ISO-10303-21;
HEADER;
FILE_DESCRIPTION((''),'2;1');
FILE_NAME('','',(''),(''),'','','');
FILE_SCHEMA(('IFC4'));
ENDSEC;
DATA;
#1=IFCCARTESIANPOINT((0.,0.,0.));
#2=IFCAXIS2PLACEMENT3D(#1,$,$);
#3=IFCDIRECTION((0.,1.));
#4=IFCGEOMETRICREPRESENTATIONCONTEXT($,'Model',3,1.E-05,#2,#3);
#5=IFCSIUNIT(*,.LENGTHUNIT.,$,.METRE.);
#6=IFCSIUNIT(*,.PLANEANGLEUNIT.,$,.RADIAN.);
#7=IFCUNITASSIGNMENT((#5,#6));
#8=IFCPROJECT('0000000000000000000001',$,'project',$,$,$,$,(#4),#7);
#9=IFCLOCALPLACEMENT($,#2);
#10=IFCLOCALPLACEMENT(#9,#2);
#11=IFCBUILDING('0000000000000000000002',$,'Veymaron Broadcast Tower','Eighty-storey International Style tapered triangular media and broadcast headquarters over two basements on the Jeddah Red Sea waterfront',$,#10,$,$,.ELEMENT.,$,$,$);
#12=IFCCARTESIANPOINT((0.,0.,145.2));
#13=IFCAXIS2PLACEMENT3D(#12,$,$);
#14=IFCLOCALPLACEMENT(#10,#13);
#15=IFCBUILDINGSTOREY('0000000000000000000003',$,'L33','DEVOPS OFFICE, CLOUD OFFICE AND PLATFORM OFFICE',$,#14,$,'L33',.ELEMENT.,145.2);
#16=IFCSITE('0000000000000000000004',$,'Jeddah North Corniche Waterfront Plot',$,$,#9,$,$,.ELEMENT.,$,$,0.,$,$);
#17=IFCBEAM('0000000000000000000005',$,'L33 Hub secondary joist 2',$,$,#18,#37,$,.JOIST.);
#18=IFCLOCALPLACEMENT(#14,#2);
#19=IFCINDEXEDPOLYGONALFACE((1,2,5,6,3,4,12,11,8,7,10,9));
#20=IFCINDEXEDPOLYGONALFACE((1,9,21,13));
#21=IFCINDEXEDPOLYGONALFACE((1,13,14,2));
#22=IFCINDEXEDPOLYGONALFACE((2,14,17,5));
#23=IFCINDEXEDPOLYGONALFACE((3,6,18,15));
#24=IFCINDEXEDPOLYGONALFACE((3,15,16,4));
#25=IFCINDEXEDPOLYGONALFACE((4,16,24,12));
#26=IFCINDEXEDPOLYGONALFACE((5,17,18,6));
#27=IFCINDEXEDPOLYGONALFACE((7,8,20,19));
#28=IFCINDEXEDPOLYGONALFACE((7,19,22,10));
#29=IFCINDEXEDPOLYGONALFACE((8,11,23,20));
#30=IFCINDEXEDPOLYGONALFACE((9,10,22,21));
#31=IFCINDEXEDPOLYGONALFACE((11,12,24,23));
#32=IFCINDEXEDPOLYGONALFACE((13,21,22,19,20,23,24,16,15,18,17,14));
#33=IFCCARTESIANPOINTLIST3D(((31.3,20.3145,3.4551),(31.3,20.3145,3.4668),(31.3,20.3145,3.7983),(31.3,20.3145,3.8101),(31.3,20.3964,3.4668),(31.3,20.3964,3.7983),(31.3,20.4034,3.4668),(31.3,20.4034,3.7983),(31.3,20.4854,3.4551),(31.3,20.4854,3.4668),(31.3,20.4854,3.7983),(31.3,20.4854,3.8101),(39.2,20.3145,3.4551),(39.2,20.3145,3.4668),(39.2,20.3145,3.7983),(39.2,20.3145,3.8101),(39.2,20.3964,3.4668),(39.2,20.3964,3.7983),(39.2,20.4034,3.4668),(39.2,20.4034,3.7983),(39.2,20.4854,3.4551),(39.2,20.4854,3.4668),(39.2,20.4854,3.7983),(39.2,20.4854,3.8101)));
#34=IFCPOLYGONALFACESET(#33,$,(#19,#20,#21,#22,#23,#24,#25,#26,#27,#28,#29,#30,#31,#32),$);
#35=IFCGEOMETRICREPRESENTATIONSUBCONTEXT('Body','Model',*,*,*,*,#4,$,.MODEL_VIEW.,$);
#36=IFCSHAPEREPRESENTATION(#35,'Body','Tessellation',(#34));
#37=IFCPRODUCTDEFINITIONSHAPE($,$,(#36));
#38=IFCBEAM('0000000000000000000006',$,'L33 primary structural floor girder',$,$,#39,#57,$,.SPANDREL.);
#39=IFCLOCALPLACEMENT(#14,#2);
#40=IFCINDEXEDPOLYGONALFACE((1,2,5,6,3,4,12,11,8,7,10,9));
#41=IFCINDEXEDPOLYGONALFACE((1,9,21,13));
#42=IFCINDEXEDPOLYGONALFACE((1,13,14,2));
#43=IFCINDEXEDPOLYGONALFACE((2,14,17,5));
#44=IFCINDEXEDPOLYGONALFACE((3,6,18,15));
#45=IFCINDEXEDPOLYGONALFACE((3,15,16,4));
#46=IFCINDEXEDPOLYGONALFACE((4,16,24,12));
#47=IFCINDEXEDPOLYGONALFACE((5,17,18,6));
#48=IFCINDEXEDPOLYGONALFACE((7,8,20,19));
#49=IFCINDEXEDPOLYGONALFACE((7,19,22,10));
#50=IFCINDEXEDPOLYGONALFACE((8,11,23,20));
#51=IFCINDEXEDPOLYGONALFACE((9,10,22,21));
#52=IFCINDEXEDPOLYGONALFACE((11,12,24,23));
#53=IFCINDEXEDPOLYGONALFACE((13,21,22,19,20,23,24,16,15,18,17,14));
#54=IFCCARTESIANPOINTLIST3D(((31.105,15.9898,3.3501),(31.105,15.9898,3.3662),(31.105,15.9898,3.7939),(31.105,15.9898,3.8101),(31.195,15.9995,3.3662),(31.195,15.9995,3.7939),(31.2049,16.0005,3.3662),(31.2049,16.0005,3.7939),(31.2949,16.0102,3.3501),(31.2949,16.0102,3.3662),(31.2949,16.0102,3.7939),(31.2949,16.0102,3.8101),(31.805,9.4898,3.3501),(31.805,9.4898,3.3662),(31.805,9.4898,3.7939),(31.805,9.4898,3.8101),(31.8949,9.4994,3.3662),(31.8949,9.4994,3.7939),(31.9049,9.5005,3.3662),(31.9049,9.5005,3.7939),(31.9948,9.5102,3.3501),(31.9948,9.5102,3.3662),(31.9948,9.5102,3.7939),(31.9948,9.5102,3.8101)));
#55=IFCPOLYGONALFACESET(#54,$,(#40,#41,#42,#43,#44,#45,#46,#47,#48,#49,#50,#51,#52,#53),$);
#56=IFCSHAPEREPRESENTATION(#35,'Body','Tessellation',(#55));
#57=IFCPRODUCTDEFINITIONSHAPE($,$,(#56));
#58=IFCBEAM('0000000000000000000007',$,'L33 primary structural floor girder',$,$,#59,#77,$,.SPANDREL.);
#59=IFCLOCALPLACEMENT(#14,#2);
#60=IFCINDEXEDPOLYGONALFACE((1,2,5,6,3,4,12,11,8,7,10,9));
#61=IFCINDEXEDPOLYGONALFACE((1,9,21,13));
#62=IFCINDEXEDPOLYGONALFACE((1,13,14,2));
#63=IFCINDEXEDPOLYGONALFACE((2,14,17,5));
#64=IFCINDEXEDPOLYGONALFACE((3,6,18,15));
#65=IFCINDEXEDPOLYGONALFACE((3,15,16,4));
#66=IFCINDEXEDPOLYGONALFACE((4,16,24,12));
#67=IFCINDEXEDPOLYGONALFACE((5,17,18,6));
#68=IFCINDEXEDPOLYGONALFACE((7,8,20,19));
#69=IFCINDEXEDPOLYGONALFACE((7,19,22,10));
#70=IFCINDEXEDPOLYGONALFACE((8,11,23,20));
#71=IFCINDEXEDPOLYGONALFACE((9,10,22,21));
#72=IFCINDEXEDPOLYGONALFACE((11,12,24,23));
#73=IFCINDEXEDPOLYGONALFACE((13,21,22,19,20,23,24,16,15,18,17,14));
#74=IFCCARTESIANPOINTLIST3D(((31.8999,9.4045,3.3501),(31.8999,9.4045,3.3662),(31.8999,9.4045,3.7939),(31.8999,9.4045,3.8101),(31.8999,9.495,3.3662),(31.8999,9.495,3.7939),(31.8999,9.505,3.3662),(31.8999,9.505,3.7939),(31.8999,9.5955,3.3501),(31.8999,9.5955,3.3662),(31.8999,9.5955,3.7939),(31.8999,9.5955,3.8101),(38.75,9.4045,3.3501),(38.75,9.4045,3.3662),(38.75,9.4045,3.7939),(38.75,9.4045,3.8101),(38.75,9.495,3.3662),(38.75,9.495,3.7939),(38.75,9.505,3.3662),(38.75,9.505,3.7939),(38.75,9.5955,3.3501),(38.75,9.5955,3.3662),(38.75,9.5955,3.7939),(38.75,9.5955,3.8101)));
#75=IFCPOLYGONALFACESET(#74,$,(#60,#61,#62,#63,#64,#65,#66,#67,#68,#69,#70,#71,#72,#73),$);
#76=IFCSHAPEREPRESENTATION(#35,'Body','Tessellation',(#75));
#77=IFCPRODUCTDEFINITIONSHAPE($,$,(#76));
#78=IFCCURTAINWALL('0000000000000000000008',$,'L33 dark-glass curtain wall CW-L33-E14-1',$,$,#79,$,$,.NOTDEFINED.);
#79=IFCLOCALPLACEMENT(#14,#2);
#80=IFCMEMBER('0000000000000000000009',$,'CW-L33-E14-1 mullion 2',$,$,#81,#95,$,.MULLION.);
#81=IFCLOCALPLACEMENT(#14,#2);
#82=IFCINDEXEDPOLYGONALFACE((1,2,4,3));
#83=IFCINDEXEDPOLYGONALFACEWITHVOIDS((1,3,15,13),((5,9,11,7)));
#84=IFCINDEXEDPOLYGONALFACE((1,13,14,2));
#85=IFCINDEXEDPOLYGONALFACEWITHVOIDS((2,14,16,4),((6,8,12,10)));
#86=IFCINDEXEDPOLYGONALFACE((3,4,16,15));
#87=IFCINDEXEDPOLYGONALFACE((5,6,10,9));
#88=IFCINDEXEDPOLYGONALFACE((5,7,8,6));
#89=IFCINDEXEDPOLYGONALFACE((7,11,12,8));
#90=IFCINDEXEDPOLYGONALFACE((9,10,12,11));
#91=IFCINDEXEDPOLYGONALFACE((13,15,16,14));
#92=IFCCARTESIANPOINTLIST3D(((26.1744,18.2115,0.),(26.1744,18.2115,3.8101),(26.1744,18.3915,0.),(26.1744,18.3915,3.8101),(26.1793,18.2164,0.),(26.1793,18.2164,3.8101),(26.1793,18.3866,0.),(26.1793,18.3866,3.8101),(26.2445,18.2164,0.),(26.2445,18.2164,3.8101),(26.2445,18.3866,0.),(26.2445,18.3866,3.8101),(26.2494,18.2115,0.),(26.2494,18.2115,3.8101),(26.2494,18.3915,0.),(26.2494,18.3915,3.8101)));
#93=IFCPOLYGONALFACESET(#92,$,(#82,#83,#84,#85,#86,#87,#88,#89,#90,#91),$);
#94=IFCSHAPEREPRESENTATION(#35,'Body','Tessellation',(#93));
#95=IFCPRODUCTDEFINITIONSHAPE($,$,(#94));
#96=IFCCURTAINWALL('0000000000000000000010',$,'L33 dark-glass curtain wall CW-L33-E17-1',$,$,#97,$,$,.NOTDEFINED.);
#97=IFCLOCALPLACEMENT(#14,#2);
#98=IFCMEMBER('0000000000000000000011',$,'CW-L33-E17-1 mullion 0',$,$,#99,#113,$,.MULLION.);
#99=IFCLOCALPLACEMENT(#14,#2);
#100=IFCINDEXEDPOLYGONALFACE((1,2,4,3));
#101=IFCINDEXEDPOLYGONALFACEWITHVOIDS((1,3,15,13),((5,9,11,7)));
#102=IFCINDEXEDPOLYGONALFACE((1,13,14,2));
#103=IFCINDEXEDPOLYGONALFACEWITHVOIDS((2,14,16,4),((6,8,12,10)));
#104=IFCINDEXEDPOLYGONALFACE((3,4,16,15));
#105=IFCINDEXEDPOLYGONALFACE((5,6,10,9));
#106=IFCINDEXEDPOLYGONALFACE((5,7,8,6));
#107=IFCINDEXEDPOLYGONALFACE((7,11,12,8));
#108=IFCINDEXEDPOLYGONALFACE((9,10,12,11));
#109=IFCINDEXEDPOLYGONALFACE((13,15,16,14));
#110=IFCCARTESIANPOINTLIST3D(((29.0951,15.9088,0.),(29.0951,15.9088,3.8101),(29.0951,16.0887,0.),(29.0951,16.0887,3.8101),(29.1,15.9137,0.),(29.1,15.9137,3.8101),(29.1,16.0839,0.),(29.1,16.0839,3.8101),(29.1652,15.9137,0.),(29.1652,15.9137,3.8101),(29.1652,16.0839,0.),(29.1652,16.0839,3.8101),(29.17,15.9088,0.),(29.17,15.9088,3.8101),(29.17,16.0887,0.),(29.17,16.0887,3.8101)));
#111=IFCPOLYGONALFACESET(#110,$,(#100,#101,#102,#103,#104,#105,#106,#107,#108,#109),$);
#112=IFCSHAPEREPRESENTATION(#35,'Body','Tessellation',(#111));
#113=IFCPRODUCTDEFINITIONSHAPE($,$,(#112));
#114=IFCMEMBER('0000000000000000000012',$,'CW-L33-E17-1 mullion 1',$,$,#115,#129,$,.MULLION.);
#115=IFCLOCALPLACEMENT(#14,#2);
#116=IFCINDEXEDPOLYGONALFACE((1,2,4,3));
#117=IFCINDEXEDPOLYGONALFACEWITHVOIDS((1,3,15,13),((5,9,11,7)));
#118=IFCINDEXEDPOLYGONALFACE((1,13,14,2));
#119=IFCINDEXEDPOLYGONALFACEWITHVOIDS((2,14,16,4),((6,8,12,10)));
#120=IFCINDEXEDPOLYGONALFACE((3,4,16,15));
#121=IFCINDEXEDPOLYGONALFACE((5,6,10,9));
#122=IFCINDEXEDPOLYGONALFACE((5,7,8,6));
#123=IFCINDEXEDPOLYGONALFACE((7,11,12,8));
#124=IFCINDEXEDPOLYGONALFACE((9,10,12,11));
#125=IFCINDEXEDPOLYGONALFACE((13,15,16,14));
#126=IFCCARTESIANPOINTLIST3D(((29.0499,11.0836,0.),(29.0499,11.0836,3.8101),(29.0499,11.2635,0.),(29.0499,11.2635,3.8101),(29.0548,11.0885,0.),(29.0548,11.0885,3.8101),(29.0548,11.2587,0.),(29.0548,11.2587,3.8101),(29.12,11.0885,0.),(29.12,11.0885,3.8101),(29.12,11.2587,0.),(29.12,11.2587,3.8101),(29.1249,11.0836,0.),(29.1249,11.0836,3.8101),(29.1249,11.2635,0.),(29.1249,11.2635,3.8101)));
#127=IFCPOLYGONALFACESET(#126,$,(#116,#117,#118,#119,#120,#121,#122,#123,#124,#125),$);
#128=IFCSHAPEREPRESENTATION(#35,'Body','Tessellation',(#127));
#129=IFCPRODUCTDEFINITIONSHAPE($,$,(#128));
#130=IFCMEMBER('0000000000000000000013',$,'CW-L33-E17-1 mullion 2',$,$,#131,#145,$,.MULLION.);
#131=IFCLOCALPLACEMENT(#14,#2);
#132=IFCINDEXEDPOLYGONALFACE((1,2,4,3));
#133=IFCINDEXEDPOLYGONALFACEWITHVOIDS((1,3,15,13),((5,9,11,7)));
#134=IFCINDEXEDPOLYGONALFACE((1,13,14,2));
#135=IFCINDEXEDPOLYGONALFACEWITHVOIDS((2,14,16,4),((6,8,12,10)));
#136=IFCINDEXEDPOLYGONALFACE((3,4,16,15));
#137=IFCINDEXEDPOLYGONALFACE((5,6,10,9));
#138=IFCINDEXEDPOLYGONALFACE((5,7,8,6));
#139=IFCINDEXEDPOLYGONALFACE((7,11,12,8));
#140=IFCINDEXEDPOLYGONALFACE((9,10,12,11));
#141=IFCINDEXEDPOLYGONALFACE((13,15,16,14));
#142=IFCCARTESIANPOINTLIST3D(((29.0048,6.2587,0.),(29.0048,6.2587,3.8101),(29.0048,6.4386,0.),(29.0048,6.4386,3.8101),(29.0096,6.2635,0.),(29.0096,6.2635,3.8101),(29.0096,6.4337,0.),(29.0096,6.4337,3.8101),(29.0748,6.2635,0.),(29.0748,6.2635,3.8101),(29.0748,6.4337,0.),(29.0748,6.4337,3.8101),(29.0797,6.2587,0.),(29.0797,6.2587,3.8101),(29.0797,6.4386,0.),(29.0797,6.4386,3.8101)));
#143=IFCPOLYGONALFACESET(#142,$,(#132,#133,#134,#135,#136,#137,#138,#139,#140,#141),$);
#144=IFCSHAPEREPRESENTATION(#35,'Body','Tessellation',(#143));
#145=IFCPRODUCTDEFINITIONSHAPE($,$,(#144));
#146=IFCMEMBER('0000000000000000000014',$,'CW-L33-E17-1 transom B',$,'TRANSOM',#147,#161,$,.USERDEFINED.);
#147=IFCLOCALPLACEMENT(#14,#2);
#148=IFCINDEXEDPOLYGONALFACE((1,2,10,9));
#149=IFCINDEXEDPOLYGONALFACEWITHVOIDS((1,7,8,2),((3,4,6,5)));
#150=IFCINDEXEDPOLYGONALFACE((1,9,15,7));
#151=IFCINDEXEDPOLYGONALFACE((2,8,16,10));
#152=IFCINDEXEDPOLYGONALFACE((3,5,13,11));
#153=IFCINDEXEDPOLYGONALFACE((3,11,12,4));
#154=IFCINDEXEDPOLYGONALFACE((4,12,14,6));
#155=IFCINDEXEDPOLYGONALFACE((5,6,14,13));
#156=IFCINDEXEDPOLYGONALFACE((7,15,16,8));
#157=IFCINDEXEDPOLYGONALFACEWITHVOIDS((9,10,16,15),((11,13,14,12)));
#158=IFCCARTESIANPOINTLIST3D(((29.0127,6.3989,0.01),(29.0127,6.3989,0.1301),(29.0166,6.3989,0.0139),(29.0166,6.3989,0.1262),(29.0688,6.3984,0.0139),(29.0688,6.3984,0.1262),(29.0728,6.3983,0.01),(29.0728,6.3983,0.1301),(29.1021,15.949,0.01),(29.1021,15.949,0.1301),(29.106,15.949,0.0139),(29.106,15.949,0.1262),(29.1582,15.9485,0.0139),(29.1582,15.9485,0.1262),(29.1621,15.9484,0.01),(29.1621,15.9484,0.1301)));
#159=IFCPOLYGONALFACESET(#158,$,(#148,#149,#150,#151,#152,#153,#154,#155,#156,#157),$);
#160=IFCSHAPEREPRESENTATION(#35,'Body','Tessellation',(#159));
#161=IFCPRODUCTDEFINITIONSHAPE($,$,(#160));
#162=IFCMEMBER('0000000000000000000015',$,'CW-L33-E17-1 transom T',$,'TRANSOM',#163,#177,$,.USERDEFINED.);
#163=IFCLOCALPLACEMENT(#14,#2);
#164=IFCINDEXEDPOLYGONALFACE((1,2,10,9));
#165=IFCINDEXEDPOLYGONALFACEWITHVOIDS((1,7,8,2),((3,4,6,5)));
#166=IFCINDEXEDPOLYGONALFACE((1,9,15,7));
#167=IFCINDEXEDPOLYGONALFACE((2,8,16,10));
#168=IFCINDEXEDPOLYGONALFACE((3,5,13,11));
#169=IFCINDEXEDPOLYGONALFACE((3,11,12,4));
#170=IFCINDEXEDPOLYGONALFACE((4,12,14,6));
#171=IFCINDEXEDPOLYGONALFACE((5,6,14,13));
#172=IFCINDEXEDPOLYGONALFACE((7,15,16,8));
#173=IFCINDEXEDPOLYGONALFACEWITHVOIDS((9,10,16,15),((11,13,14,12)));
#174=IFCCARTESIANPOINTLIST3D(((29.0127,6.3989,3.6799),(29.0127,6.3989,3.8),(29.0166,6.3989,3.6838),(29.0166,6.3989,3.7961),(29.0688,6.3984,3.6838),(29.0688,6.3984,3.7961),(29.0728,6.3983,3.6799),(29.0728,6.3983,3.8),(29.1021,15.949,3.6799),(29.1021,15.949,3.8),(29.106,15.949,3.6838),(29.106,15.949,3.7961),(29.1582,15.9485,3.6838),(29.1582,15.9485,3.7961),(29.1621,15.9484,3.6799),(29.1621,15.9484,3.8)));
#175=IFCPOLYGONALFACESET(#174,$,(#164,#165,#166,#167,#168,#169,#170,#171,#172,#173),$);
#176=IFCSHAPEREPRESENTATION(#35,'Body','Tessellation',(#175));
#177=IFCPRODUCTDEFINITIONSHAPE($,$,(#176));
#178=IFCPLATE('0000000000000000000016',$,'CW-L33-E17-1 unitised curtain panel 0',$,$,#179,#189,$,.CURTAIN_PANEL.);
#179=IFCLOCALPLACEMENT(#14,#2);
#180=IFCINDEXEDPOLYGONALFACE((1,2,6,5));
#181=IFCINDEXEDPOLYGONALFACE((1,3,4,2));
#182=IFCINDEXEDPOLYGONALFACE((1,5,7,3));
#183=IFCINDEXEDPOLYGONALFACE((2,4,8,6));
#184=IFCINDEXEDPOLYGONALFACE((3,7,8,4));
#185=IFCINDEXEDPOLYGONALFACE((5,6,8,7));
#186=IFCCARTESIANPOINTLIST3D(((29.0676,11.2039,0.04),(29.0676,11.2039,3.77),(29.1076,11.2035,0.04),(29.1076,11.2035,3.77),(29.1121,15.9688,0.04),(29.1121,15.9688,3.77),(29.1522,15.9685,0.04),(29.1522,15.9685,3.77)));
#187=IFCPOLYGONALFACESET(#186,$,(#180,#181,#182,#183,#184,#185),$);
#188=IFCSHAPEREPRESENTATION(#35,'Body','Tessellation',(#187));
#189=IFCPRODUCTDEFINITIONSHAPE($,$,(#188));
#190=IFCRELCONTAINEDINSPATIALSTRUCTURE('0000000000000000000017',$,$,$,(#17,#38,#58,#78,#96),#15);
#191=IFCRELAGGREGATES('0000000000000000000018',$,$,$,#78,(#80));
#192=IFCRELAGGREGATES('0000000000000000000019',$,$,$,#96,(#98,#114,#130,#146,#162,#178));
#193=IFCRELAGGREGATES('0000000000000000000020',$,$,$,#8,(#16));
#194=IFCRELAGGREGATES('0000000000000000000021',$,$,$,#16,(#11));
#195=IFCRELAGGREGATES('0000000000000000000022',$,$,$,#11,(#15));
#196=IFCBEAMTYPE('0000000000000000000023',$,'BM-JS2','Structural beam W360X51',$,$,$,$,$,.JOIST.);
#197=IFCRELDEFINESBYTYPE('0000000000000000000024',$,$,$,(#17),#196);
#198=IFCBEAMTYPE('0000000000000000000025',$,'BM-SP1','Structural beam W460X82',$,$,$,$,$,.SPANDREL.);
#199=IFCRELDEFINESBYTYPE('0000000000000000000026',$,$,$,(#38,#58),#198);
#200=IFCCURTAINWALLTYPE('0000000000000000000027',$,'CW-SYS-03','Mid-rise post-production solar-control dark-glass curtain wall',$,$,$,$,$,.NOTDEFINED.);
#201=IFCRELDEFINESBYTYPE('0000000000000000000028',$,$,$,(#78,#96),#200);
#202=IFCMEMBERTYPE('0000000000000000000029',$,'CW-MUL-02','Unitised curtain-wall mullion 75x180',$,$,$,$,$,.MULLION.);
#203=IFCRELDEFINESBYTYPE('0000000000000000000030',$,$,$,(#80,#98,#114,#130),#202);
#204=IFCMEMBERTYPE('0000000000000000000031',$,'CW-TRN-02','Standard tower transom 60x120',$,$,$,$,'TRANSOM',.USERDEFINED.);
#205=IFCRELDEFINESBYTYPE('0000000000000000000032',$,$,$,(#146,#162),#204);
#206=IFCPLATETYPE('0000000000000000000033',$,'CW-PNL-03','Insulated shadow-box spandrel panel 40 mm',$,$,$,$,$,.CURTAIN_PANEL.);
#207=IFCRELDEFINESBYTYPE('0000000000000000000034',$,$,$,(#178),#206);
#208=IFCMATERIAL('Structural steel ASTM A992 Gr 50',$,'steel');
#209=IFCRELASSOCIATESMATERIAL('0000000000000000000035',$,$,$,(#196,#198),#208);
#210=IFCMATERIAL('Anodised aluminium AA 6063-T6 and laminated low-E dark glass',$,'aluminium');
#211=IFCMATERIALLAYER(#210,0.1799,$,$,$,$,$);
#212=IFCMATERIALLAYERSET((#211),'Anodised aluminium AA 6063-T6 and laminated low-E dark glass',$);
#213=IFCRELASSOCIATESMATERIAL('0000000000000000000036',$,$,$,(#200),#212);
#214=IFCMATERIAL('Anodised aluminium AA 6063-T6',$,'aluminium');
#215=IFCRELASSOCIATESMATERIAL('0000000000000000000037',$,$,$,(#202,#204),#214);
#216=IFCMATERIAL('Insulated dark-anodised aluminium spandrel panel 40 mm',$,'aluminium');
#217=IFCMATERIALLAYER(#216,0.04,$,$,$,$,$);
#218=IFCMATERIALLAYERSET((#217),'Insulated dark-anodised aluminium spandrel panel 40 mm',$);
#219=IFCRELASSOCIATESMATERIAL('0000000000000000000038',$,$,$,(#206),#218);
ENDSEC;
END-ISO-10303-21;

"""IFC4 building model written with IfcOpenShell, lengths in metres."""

from ifc_helpers import new_model, si_unit, direction, frame, origin, origin_2d, place, context, subcontext, project, spatial, rectangle, hollow_rectangle, i_section, extrude, material, layer, layer_set, material_profile, profile_set, type_object, element, aggregate, save


model = new_model("IFC4")

# Units and contexts
model_context = context("Model", 3, precision=1e-05, world=origin(), true_north=direction((0.0, 1.0)))
body_context = subcontext(model_context, "Body", "Model", "MODEL_VIEW")
ifc_project = project(units=[si_unit("LENGTHUNIT", "METRE"), si_unit("PLANEANGLEUNIT", "RADIAN")], contexts=[model_context])

# Site, building, storey
site_placement = place(None, origin())
site = spatial("IfcSite", under=ifc_project, at=site_placement, Name="Jeddah North Corniche Waterfront Plot", CompositionType="ELEMENT", RefElevation=0.0)
building_placement = place(site_placement, origin())
building = spatial("IfcBuilding", under=site, at=building_placement, Name="Veymaron Broadcast Tower", Description="Eighty-storey International Style tapered triangular media and broadcast headquarters over two basements on the Jeddah Red Sea waterfront", CompositionType="ELEMENT")
storey_placement = place(building_placement, frame((0.0, 0.0, 145.2)))
storey = spatial("IfcBuildingStorey", under=building, at=storey_placement, Name="L33", Description="DEVOPS OFFICE, CLOUD OFFICE AND PLATFORM OFFICE", LongName="L33", CompositionType="ELEMENT", Elevation=145.2)

# Shared definitions
ifc_material_1 = material(Name="Structural steel ASTM A992 Gr 50", Category="steel")

# Beams
ifc_material_profile_1 = material_profile(ifc_material_1, i_section(OverallWidth=0.1709, OverallDepth=0.355, WebThickness=0.0071, FlangeThickness=0.0117, at=origin_2d()), Name="W360X51")
ifc_profile_set_1 = profile_set([ifc_material_profile_1], Name="Structural steel ASTM A992 Gr 50")
beam_type_1 = type_object("IfcBeamType", Name="BM-JS2", Description="Structural beam W360X51", PredefinedType="JOIST", material=ifc_profile_set_1)
for number, where, z_axis, x_axis, name in (
    (1, (31.3, 20.3999, 3.6326), (1.0, 0.0, 0.0), (0.0, 1.0, 0.0), "L33 Hub secondary joist 2"),
):
    element("IfcBeam", number, at=place(storey_placement, frame(where, z_axis=z_axis, x_axis=x_axis)), inside=storey, type_object=beam_type_1, Name=name, PredefinedType="JOIST", context=body_context, shape_type="SweptSolid", body=[
        extrude(i_section(OverallWidth=0.1709, OverallDepth=0.355, WebThickness=0.0071, FlangeThickness=0.0117, at=origin_2d()), origin(), (0.0, 0.0, 1.0), 7.8999),
    ])
ifc_material_profile_2 = material_profile(ifc_material_1, i_section(OverallWidth=0.1909, OverallDepth=0.46, WebThickness=0.01, FlangeThickness=0.0161, at=origin_2d()), Name="W460X82")
ifc_profile_set_2 = profile_set([ifc_material_profile_2], Name="Structural steel ASTM A992 Gr 50")
beam_type_2 = type_object("IfcBeamType", Name="BM-SP1", Description="Structural beam W460X82", PredefinedType="SPANDREL", material=ifc_profile_set_2)
beam_1_placement = place(storey_placement, frame((31.2, 16.0, 3.5801), z_axis=(0.107066, -0.994252, 0.0), x_axis=(0.994252, 0.107066, 0.0)))
element("IfcBeam", 2, at=beam_1_placement, inside=storey, type_object=beam_type_2, Name="L33 primary structural floor girder", PredefinedType="SPANDREL", context=body_context, shape_type="SweptSolid", body=[
    extrude(i_section(OverallWidth=0.1909, OverallDepth=0.46, WebThickness=0.01, FlangeThickness=0.0161, at=origin_2d()), origin(), (0.0, 0.0, 1.0), 6.5376),
])
beam_2_placement = place(storey_placement, frame((31.8999, 9.5, 3.5801), z_axis=(1.0, 0.0, 0.0), x_axis=(0.0, 1.0, 0.0)))
element("IfcBeam", 3, at=beam_2_placement, inside=storey, type_object=beam_type_2, Name="L33 primary structural floor girder", PredefinedType="SPANDREL", context=body_context, shape_type="SweptSolid", body=[
    extrude(i_section(OverallWidth=0.1909, OverallDepth=0.46, WebThickness=0.01, FlangeThickness=0.0161, at=origin_2d()), origin(), (0.0, 0.0, 1.0), 6.8501),
])

# Curtain wall, member
ifc_material_2 = material(Name="Anodised aluminium AA 6063-T6 and laminated low-E dark glass", Category="aluminium")
ifc_layer_1 = layer(ifc_material_2, 0.1799)
ifc_layer_set_1 = layer_set([ifc_layer_1], Name="Anodised aluminium AA 6063-T6 and laminated low-E dark glass")
curtain_wall_type = type_object("IfcCurtainWallType", Name="CW-SYS-03", Description="Mid-rise post-production solar-control dark-glass curtain wall", PredefinedType="NOTDEFINED", material=ifc_layer_set_1)
curtain_wall_1_placement = place(storey_placement, origin())
curtain_wall_1 = element("IfcCurtainWall", 4, at=curtain_wall_1_placement, inside=storey, type_object=curtain_wall_type, Name="L33 dark-glass curtain wall CW-L33-E14-1", PredefinedType="NOTDEFINED")
ifc_material_3 = material(Name="Anodised aluminium AA 6063-T6", Category="aluminium")
ifc_material_profile_3 = material_profile(ifc_material_3, hollow_rectangle(XDim=0.075, YDim=0.1799, WallThickness=0.0049, at=origin_2d()), Name="AL180X75X5")
ifc_profile_set_3 = profile_set([ifc_material_profile_3], Name="Anodised aluminium AA 6063-T6")
member_type_1 = type_object("IfcMemberType", Name="CW-MUL-02", Description="Unitised curtain-wall mullion 75x180", PredefinedType="MULLION", material=ifc_profile_set_3)
member_1_placement = place(storey_placement, frame((26.2119, 18.3015, 0.0), z_axis=(0.0, 0.0, 1.0), x_axis=(1.0, 0.0, 0.0)))
member_1 = element("IfcMember", 5, at=member_1_placement, type_object=member_type_1, Name="CW-L33-E14-1 mullion 2", PredefinedType="MULLION", context=body_context, shape_type="SweptSolid", body=[
    extrude(hollow_rectangle(XDim=0.075, YDim=0.1799, WallThickness=0.0049, at=origin_2d()), origin(), (0.0, 0.0, 1.0), 3.8101),
])
aggregate(curtain_wall_1, [member_1])

# Curtain wall, members, plate
curtain_wall_2_placement = place(storey_placement, origin())
curtain_wall_2 = element("IfcCurtainWall", 6, at=curtain_wall_2_placement, inside=storey, type_object=curtain_wall_type, Name="L33 dark-glass curtain wall CW-L33-E17-1", PredefinedType="NOTDEFINED")
member_2_placement = place(storey_placement, frame((29.1326, 15.9988, 0.0), z_axis=(0.0, 0.0, 1.0), x_axis=(1.0, 0.0, 0.0)))
member_2 = element("IfcMember", 7, at=member_2_placement, type_object=member_type_1, Name="CW-L33-E17-1 mullion 0", PredefinedType="MULLION", context=body_context, shape_type="SweptSolid", body=[
    extrude(hollow_rectangle(XDim=0.075, YDim=0.1799, WallThickness=0.0049, at=origin_2d()), origin(), (0.0, 0.0, 1.0), 3.8101),
])
member_3_placement = place(storey_placement, frame((29.0874, 11.1736, 0.0), z_axis=(0.0, 0.0, 1.0), x_axis=(1.0, 0.0, 0.0)))
member_3 = element("IfcMember", 8, at=member_3_placement, type_object=member_type_1, Name="CW-L33-E17-1 mullion 1", PredefinedType="MULLION", context=body_context, shape_type="SweptSolid", body=[
    extrude(hollow_rectangle(XDim=0.075, YDim=0.1799, WallThickness=0.0049, at=origin_2d()), origin(), (0.0, 0.0, 1.0), 3.8101),
])
member_4_placement = place(storey_placement, frame((29.0422, 6.3486, 0.0), z_axis=(0.0, 0.0, 1.0), x_axis=(1.0, 0.0, 0.0)))
member_4 = element("IfcMember", 9, at=member_4_placement, type_object=member_type_1, Name="CW-L33-E17-1 mullion 2", PredefinedType="MULLION", context=body_context, shape_type="SweptSolid", body=[
    extrude(hollow_rectangle(XDim=0.075, YDim=0.1799, WallThickness=0.0049, at=origin_2d()), origin(), (0.0, 0.0, 1.0), 3.8101),
])
ifc_material_profile_4 = material_profile(ifc_material_3, hollow_rectangle(XDim=0.0601, YDim=0.1201, WallThickness=0.0039, at=origin_2d()), Name="AL120X60X4")
ifc_profile_set_4 = profile_set([ifc_material_profile_4], Name="Anodised aluminium AA 6063-T6")
member_type_2 = type_object("IfcMemberType", Name="CW-TRN-02", Description="Standard tower transom 60x120", ElementType="TRANSOM", PredefinedType="USERDEFINED", material=ifc_profile_set_4)
member_5_placement = place(storey_placement, frame((29.1321, 15.9487, 0.0701), z_axis=(-0.009356, -0.999956, 0.0), x_axis=(0.999956, -0.009356, 0.0)))
member_5 = element("IfcMember", 10, at=member_5_placement, type_object=member_type_2, Name="CW-L33-E17-1 transom B", ObjectType="TRANSOM", PredefinedType="USERDEFINED", context=body_context, shape_type="SweptSolid", body=[
    extrude(hollow_rectangle(XDim=0.0601, YDim=0.1201, WallThickness=0.0039, at=origin_2d()), origin(), (0.0, 0.0, 1.0), 9.5505),
])
member_6_placement = place(storey_placement, frame((29.1321, 15.9487, 3.74), z_axis=(-0.009356, -0.999956, 0.0), x_axis=(0.999956, -0.009356, 0.0)))
member_6 = element("IfcMember", 11, at=member_6_placement, type_object=member_type_2, Name="CW-L33-E17-1 transom T", ObjectType="TRANSOM", PredefinedType="USERDEFINED", context=body_context, shape_type="SweptSolid", body=[
    extrude(hollow_rectangle(XDim=0.0601, YDim=0.1201, WallThickness=0.0039, at=origin_2d()), origin(), (0.0, 0.0, 1.0), 9.5505),
])
ifc_material_4 = material(Name="Insulated dark-anodised aluminium spandrel panel 40 mm", Category="aluminium")
ifc_layer_2 = layer(ifc_material_4, 0.04)
ifc_layer_set_2 = layer_set([ifc_layer_2], Name="Insulated dark-anodised aluminium spandrel panel 40 mm")
plate_type = type_object("IfcPlateType", Name="CW-PNL-03", Description="Insulated shadow-box spandrel panel 40 mm", PredefinedType="CURTAIN_PANEL", material=ifc_layer_set_2)
plate_1_placement = place(storey_placement, frame((29.1099, 13.5862, 0.04), z_axis=(0.0, 0.0, 1.0), x_axis=(-0.009355, -0.999956, 0.0)))
plate_1 = element("IfcPlate", 12, at=plate_1_placement, type_object=plate_type, Name="CW-L33-E17-1 unitised curtain panel 0", PredefinedType="CURTAIN_PANEL", context=body_context, shape_type="SweptSolid", body=[
    extrude(rectangle(XDim=4.7651, YDim=0.04, at=origin_2d()), origin(), (0.0, 0.0, 1.0), 3.73),
])
aggregate(curtain_wall_2, [member_2, member_3, member_4, member_5, member_6, plate_1])

save(model, "model.ifc")
